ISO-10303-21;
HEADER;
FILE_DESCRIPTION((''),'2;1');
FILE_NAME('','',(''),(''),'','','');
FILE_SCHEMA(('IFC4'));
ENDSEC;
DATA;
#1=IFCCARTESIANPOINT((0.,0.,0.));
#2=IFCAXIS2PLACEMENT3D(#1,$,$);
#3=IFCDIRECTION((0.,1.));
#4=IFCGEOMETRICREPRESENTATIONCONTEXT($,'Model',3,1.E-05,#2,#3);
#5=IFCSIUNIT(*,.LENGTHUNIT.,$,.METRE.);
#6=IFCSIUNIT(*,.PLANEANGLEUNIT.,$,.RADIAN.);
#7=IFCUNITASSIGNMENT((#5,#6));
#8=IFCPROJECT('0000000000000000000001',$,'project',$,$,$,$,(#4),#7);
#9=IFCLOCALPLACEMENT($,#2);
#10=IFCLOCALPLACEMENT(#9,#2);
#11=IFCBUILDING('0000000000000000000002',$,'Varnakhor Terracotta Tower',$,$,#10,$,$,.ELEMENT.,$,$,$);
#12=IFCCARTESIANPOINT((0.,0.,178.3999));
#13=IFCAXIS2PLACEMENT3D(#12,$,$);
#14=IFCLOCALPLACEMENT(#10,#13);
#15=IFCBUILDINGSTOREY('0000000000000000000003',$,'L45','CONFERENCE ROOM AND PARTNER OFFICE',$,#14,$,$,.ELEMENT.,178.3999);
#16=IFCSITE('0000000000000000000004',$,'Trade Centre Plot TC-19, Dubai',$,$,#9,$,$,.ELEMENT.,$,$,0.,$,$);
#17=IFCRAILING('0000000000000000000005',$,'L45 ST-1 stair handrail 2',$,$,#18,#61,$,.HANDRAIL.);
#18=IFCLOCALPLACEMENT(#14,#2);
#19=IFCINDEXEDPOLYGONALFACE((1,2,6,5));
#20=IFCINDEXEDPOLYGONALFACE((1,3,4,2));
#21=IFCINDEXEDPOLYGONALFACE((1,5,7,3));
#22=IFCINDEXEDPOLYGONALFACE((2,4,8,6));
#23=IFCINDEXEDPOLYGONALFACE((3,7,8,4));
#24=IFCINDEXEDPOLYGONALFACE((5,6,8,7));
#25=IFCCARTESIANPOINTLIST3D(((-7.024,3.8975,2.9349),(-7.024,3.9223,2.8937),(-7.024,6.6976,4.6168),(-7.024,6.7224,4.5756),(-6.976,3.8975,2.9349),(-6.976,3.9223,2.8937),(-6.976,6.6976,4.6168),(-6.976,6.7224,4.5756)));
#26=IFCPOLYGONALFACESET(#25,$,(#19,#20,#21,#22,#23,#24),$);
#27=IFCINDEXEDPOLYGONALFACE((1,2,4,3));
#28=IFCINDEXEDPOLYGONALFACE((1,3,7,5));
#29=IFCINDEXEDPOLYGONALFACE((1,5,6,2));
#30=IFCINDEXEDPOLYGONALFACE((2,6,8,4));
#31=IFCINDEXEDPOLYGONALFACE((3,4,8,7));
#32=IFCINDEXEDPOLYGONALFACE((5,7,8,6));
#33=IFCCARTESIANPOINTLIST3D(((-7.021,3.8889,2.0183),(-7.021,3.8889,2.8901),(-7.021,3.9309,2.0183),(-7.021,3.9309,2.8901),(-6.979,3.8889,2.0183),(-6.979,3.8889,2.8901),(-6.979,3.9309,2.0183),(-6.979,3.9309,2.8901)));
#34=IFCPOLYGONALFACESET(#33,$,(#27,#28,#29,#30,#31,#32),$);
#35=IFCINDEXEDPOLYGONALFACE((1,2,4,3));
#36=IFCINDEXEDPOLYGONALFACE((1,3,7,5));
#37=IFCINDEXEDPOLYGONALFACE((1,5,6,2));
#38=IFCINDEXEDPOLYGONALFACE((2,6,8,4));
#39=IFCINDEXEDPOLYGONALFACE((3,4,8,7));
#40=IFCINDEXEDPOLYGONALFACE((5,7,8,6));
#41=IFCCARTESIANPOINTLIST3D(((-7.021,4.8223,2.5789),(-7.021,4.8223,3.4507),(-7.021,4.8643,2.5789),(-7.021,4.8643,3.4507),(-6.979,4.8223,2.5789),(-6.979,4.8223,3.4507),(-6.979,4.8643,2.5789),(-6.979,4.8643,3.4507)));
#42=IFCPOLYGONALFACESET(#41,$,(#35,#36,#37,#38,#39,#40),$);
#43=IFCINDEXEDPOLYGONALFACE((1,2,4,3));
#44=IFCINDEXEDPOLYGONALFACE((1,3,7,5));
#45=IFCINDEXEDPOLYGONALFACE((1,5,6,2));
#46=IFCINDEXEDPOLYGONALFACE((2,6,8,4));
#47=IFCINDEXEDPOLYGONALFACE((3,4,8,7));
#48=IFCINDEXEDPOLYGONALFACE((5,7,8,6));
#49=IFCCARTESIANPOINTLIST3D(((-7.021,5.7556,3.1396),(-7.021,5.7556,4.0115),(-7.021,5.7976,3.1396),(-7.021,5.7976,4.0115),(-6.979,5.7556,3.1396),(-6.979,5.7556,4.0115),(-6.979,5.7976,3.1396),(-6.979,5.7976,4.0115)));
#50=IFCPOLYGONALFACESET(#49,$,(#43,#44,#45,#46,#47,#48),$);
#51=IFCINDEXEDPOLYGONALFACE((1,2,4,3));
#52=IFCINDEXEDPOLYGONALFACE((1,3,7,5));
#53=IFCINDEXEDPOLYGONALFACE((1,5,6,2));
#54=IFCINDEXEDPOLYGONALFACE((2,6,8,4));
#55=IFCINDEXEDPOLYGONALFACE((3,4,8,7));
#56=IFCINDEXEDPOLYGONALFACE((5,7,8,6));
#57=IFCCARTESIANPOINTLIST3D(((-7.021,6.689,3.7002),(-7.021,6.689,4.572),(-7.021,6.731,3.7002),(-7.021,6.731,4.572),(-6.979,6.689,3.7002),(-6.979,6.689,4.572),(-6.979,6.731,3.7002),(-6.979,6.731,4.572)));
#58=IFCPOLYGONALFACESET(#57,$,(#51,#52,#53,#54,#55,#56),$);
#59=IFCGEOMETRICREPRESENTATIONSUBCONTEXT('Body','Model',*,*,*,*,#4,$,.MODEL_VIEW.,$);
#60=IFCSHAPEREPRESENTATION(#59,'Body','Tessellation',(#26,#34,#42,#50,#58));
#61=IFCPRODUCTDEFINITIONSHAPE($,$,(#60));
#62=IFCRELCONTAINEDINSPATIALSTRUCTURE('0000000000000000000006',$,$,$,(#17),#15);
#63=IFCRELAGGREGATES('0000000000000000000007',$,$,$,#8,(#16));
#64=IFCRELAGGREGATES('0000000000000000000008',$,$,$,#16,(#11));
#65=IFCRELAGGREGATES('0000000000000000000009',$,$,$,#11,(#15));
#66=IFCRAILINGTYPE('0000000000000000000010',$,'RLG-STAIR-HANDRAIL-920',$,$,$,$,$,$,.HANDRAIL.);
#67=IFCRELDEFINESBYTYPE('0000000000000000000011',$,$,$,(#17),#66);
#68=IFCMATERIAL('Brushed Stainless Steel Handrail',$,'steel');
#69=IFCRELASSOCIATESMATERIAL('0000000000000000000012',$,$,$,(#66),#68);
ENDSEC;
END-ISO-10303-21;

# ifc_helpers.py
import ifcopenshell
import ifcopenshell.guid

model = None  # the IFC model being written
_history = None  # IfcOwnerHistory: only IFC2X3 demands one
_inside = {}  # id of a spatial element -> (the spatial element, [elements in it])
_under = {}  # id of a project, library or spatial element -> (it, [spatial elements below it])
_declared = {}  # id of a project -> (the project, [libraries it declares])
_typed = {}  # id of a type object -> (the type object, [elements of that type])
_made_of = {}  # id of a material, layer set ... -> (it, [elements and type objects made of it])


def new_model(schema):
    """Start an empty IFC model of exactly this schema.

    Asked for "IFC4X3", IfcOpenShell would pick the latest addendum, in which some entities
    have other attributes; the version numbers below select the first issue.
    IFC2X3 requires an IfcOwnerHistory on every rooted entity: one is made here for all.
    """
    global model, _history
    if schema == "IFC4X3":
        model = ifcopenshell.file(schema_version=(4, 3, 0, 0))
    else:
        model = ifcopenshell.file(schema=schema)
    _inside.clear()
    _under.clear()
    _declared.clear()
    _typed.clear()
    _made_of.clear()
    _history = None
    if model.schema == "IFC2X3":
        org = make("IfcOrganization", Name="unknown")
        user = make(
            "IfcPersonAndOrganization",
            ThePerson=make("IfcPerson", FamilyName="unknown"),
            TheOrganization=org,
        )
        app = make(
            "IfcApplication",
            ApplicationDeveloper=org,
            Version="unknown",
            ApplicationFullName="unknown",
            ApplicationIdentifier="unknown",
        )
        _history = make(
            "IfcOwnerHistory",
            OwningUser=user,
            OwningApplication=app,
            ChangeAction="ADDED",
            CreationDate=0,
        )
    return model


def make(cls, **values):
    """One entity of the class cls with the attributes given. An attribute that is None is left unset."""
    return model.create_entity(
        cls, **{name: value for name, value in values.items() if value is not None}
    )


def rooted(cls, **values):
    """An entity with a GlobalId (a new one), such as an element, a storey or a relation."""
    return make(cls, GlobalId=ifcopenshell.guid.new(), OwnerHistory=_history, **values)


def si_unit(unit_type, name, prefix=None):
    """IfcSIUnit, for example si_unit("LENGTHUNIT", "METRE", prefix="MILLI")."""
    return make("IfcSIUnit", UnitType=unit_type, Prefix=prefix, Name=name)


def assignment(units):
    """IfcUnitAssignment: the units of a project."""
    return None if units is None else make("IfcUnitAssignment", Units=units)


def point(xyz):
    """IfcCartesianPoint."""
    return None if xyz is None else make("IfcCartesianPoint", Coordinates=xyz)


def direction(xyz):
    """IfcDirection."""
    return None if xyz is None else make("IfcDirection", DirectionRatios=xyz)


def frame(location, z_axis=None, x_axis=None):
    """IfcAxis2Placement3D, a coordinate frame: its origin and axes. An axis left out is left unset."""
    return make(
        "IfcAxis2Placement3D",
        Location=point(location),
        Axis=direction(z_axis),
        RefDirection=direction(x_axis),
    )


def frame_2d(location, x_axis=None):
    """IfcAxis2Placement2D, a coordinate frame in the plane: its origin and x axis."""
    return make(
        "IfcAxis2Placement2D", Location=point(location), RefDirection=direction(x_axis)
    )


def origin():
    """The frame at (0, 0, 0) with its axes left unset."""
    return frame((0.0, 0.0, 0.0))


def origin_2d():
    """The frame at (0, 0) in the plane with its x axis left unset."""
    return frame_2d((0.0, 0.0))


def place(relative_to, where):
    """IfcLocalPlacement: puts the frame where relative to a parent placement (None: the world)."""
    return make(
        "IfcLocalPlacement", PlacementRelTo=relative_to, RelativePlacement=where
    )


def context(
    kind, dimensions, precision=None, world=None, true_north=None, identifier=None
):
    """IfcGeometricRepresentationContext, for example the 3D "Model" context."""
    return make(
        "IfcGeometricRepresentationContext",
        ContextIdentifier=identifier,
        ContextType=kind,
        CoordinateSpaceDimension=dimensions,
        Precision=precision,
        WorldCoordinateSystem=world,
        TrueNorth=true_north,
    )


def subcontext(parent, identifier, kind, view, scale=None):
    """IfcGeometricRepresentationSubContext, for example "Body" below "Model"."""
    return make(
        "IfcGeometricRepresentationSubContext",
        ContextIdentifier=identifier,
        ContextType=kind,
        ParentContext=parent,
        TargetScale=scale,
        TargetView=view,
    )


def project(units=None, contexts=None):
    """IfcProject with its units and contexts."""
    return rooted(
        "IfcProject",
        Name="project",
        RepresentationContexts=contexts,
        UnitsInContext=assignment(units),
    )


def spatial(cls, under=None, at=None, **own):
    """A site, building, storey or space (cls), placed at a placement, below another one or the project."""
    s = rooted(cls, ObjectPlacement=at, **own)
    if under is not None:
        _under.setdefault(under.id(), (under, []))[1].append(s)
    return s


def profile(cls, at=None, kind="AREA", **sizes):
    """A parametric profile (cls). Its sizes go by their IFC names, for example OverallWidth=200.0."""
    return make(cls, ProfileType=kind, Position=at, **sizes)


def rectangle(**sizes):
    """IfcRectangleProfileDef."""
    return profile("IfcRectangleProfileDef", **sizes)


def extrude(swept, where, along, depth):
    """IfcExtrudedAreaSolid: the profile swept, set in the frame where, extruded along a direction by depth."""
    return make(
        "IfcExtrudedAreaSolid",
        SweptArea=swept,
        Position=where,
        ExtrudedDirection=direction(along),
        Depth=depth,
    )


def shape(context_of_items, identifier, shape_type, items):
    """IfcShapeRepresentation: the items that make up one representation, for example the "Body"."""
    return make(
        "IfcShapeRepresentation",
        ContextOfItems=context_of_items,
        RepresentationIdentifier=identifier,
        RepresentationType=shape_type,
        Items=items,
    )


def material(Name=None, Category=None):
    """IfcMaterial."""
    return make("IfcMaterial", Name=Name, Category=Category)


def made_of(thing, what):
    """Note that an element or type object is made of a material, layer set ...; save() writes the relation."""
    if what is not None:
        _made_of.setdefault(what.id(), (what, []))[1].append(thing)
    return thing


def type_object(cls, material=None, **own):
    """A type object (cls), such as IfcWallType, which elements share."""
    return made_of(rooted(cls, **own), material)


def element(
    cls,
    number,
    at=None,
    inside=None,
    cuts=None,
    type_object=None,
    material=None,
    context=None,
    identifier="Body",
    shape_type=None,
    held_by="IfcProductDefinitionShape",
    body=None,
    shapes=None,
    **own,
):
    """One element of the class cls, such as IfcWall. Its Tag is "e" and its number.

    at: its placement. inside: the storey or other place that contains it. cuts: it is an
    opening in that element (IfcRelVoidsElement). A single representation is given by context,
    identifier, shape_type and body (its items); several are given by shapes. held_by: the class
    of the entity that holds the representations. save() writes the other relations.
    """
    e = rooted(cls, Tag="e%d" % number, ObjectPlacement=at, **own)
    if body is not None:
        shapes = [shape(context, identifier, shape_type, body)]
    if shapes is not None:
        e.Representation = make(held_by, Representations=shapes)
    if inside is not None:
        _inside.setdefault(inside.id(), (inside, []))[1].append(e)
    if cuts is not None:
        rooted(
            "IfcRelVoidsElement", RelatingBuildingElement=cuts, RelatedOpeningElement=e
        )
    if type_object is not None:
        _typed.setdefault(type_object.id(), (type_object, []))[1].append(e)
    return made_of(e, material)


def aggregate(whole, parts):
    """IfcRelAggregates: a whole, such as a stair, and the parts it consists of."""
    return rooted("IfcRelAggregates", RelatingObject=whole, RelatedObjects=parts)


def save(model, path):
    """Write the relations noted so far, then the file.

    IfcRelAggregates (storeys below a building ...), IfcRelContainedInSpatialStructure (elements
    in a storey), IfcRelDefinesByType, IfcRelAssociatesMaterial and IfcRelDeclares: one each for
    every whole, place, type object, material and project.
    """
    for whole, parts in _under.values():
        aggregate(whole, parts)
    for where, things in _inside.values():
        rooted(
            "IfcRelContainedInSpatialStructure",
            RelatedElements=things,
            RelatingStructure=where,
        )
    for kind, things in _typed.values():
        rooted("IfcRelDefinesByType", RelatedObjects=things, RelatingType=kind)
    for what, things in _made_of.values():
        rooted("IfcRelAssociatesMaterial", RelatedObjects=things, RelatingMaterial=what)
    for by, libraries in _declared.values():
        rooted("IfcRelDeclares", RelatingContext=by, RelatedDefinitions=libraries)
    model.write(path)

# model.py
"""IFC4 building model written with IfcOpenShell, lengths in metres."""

from ifc_helpers import new_model, si_unit, direction, frame, origin, origin_2d, place, context, subcontext, project, spatial, rectangle, extrude, material, type_object, element, save


model = new_model("IFC4")

# Units and contexts
model_context = context("Model", 3, precision=1e-05, world=origin(), true_north=direction((0.0, 1.0)))
body_context = subcontext(model_context, "Body", "Model", "MODEL_VIEW")
ifc_project = project(units=[si_unit("LENGTHUNIT", "METRE"), si_unit("PLANEANGLEUNIT", "RADIAN")], contexts=[model_context])

# Site, building, storey
site_placement = place(None, origin())
site = spatial("IfcSite", under=ifc_project, at=site_placement, Name="Trade Centre Plot TC-19, Dubai", CompositionType="ELEMENT", RefElevation=0.0)
building_placement = place(site_placement, origin())
building = spatial("IfcBuilding", under=site, at=building_placement, Name="Varnakhor Terracotta Tower", CompositionType="ELEMENT")
storey_placement = place(building_placement, frame((0.0, 0.0, 178.3999)))
storey = spatial("IfcBuildingStorey", under=building, at=storey_placement, Name="L45", Description="CONFERENCE ROOM AND PARTNER OFFICE", CompositionType="ELEMENT", Elevation=178.3999)

# Railing
ifc_material_1 = material(Name="Brushed Stainless Steel Handrail", Category="steel")
railing_type_1 = type_object("IfcRailingType", Name="RLG-STAIR-HANDRAIL-920", PredefinedType="HANDRAIL", material=ifc_material_1)
railing_1_placement = place(storey_placement, frame((-7.0, 3.9099, 2.0183)))
element("IfcRailing", 1, at=railing_1_placement, inside=storey, type_object=railing_type_1, Name="L45 ST-1 stair handrail 2", PredefinedType="HANDRAIL", context=body_context, shape_type="SweptSolid", body=[
    extrude(rectangle(XDim=0.0481, YDim=0.0481, at=origin_2d()), frame((0.0, 0.0, 0.896), z_axis=(0.0, 0.857242, 0.514913), x_axis=(-1.0, 0.0, 0.0)), (0.0, 0.0, 1.0), 3.2664),
    extrude(rectangle(XDim=0.042, YDim=0.042, at=origin_2d()), origin(), (0.0, 0.0, 1.0), 0.8718),
    extrude(rectangle(XDim=0.042, YDim=0.042, at=origin_2d()), frame((0.0, 0.9333, 0.5605)), (0.0, 0.0, 1.0), 0.8718),
    extrude(rectangle(XDim=0.042, YDim=0.042, at=origin_2d()), frame((0.0, 1.8667, 1.1213)), (0.0, 0.0, 1.0), 0.8718),
    extrude(rectangle(XDim=0.042, YDim=0.042, at=origin_2d()), frame((0.0, 2.8, 1.6819)), (0.0, 0.0, 1.0), 0.8718),
])

save(model, "model.ifc")
